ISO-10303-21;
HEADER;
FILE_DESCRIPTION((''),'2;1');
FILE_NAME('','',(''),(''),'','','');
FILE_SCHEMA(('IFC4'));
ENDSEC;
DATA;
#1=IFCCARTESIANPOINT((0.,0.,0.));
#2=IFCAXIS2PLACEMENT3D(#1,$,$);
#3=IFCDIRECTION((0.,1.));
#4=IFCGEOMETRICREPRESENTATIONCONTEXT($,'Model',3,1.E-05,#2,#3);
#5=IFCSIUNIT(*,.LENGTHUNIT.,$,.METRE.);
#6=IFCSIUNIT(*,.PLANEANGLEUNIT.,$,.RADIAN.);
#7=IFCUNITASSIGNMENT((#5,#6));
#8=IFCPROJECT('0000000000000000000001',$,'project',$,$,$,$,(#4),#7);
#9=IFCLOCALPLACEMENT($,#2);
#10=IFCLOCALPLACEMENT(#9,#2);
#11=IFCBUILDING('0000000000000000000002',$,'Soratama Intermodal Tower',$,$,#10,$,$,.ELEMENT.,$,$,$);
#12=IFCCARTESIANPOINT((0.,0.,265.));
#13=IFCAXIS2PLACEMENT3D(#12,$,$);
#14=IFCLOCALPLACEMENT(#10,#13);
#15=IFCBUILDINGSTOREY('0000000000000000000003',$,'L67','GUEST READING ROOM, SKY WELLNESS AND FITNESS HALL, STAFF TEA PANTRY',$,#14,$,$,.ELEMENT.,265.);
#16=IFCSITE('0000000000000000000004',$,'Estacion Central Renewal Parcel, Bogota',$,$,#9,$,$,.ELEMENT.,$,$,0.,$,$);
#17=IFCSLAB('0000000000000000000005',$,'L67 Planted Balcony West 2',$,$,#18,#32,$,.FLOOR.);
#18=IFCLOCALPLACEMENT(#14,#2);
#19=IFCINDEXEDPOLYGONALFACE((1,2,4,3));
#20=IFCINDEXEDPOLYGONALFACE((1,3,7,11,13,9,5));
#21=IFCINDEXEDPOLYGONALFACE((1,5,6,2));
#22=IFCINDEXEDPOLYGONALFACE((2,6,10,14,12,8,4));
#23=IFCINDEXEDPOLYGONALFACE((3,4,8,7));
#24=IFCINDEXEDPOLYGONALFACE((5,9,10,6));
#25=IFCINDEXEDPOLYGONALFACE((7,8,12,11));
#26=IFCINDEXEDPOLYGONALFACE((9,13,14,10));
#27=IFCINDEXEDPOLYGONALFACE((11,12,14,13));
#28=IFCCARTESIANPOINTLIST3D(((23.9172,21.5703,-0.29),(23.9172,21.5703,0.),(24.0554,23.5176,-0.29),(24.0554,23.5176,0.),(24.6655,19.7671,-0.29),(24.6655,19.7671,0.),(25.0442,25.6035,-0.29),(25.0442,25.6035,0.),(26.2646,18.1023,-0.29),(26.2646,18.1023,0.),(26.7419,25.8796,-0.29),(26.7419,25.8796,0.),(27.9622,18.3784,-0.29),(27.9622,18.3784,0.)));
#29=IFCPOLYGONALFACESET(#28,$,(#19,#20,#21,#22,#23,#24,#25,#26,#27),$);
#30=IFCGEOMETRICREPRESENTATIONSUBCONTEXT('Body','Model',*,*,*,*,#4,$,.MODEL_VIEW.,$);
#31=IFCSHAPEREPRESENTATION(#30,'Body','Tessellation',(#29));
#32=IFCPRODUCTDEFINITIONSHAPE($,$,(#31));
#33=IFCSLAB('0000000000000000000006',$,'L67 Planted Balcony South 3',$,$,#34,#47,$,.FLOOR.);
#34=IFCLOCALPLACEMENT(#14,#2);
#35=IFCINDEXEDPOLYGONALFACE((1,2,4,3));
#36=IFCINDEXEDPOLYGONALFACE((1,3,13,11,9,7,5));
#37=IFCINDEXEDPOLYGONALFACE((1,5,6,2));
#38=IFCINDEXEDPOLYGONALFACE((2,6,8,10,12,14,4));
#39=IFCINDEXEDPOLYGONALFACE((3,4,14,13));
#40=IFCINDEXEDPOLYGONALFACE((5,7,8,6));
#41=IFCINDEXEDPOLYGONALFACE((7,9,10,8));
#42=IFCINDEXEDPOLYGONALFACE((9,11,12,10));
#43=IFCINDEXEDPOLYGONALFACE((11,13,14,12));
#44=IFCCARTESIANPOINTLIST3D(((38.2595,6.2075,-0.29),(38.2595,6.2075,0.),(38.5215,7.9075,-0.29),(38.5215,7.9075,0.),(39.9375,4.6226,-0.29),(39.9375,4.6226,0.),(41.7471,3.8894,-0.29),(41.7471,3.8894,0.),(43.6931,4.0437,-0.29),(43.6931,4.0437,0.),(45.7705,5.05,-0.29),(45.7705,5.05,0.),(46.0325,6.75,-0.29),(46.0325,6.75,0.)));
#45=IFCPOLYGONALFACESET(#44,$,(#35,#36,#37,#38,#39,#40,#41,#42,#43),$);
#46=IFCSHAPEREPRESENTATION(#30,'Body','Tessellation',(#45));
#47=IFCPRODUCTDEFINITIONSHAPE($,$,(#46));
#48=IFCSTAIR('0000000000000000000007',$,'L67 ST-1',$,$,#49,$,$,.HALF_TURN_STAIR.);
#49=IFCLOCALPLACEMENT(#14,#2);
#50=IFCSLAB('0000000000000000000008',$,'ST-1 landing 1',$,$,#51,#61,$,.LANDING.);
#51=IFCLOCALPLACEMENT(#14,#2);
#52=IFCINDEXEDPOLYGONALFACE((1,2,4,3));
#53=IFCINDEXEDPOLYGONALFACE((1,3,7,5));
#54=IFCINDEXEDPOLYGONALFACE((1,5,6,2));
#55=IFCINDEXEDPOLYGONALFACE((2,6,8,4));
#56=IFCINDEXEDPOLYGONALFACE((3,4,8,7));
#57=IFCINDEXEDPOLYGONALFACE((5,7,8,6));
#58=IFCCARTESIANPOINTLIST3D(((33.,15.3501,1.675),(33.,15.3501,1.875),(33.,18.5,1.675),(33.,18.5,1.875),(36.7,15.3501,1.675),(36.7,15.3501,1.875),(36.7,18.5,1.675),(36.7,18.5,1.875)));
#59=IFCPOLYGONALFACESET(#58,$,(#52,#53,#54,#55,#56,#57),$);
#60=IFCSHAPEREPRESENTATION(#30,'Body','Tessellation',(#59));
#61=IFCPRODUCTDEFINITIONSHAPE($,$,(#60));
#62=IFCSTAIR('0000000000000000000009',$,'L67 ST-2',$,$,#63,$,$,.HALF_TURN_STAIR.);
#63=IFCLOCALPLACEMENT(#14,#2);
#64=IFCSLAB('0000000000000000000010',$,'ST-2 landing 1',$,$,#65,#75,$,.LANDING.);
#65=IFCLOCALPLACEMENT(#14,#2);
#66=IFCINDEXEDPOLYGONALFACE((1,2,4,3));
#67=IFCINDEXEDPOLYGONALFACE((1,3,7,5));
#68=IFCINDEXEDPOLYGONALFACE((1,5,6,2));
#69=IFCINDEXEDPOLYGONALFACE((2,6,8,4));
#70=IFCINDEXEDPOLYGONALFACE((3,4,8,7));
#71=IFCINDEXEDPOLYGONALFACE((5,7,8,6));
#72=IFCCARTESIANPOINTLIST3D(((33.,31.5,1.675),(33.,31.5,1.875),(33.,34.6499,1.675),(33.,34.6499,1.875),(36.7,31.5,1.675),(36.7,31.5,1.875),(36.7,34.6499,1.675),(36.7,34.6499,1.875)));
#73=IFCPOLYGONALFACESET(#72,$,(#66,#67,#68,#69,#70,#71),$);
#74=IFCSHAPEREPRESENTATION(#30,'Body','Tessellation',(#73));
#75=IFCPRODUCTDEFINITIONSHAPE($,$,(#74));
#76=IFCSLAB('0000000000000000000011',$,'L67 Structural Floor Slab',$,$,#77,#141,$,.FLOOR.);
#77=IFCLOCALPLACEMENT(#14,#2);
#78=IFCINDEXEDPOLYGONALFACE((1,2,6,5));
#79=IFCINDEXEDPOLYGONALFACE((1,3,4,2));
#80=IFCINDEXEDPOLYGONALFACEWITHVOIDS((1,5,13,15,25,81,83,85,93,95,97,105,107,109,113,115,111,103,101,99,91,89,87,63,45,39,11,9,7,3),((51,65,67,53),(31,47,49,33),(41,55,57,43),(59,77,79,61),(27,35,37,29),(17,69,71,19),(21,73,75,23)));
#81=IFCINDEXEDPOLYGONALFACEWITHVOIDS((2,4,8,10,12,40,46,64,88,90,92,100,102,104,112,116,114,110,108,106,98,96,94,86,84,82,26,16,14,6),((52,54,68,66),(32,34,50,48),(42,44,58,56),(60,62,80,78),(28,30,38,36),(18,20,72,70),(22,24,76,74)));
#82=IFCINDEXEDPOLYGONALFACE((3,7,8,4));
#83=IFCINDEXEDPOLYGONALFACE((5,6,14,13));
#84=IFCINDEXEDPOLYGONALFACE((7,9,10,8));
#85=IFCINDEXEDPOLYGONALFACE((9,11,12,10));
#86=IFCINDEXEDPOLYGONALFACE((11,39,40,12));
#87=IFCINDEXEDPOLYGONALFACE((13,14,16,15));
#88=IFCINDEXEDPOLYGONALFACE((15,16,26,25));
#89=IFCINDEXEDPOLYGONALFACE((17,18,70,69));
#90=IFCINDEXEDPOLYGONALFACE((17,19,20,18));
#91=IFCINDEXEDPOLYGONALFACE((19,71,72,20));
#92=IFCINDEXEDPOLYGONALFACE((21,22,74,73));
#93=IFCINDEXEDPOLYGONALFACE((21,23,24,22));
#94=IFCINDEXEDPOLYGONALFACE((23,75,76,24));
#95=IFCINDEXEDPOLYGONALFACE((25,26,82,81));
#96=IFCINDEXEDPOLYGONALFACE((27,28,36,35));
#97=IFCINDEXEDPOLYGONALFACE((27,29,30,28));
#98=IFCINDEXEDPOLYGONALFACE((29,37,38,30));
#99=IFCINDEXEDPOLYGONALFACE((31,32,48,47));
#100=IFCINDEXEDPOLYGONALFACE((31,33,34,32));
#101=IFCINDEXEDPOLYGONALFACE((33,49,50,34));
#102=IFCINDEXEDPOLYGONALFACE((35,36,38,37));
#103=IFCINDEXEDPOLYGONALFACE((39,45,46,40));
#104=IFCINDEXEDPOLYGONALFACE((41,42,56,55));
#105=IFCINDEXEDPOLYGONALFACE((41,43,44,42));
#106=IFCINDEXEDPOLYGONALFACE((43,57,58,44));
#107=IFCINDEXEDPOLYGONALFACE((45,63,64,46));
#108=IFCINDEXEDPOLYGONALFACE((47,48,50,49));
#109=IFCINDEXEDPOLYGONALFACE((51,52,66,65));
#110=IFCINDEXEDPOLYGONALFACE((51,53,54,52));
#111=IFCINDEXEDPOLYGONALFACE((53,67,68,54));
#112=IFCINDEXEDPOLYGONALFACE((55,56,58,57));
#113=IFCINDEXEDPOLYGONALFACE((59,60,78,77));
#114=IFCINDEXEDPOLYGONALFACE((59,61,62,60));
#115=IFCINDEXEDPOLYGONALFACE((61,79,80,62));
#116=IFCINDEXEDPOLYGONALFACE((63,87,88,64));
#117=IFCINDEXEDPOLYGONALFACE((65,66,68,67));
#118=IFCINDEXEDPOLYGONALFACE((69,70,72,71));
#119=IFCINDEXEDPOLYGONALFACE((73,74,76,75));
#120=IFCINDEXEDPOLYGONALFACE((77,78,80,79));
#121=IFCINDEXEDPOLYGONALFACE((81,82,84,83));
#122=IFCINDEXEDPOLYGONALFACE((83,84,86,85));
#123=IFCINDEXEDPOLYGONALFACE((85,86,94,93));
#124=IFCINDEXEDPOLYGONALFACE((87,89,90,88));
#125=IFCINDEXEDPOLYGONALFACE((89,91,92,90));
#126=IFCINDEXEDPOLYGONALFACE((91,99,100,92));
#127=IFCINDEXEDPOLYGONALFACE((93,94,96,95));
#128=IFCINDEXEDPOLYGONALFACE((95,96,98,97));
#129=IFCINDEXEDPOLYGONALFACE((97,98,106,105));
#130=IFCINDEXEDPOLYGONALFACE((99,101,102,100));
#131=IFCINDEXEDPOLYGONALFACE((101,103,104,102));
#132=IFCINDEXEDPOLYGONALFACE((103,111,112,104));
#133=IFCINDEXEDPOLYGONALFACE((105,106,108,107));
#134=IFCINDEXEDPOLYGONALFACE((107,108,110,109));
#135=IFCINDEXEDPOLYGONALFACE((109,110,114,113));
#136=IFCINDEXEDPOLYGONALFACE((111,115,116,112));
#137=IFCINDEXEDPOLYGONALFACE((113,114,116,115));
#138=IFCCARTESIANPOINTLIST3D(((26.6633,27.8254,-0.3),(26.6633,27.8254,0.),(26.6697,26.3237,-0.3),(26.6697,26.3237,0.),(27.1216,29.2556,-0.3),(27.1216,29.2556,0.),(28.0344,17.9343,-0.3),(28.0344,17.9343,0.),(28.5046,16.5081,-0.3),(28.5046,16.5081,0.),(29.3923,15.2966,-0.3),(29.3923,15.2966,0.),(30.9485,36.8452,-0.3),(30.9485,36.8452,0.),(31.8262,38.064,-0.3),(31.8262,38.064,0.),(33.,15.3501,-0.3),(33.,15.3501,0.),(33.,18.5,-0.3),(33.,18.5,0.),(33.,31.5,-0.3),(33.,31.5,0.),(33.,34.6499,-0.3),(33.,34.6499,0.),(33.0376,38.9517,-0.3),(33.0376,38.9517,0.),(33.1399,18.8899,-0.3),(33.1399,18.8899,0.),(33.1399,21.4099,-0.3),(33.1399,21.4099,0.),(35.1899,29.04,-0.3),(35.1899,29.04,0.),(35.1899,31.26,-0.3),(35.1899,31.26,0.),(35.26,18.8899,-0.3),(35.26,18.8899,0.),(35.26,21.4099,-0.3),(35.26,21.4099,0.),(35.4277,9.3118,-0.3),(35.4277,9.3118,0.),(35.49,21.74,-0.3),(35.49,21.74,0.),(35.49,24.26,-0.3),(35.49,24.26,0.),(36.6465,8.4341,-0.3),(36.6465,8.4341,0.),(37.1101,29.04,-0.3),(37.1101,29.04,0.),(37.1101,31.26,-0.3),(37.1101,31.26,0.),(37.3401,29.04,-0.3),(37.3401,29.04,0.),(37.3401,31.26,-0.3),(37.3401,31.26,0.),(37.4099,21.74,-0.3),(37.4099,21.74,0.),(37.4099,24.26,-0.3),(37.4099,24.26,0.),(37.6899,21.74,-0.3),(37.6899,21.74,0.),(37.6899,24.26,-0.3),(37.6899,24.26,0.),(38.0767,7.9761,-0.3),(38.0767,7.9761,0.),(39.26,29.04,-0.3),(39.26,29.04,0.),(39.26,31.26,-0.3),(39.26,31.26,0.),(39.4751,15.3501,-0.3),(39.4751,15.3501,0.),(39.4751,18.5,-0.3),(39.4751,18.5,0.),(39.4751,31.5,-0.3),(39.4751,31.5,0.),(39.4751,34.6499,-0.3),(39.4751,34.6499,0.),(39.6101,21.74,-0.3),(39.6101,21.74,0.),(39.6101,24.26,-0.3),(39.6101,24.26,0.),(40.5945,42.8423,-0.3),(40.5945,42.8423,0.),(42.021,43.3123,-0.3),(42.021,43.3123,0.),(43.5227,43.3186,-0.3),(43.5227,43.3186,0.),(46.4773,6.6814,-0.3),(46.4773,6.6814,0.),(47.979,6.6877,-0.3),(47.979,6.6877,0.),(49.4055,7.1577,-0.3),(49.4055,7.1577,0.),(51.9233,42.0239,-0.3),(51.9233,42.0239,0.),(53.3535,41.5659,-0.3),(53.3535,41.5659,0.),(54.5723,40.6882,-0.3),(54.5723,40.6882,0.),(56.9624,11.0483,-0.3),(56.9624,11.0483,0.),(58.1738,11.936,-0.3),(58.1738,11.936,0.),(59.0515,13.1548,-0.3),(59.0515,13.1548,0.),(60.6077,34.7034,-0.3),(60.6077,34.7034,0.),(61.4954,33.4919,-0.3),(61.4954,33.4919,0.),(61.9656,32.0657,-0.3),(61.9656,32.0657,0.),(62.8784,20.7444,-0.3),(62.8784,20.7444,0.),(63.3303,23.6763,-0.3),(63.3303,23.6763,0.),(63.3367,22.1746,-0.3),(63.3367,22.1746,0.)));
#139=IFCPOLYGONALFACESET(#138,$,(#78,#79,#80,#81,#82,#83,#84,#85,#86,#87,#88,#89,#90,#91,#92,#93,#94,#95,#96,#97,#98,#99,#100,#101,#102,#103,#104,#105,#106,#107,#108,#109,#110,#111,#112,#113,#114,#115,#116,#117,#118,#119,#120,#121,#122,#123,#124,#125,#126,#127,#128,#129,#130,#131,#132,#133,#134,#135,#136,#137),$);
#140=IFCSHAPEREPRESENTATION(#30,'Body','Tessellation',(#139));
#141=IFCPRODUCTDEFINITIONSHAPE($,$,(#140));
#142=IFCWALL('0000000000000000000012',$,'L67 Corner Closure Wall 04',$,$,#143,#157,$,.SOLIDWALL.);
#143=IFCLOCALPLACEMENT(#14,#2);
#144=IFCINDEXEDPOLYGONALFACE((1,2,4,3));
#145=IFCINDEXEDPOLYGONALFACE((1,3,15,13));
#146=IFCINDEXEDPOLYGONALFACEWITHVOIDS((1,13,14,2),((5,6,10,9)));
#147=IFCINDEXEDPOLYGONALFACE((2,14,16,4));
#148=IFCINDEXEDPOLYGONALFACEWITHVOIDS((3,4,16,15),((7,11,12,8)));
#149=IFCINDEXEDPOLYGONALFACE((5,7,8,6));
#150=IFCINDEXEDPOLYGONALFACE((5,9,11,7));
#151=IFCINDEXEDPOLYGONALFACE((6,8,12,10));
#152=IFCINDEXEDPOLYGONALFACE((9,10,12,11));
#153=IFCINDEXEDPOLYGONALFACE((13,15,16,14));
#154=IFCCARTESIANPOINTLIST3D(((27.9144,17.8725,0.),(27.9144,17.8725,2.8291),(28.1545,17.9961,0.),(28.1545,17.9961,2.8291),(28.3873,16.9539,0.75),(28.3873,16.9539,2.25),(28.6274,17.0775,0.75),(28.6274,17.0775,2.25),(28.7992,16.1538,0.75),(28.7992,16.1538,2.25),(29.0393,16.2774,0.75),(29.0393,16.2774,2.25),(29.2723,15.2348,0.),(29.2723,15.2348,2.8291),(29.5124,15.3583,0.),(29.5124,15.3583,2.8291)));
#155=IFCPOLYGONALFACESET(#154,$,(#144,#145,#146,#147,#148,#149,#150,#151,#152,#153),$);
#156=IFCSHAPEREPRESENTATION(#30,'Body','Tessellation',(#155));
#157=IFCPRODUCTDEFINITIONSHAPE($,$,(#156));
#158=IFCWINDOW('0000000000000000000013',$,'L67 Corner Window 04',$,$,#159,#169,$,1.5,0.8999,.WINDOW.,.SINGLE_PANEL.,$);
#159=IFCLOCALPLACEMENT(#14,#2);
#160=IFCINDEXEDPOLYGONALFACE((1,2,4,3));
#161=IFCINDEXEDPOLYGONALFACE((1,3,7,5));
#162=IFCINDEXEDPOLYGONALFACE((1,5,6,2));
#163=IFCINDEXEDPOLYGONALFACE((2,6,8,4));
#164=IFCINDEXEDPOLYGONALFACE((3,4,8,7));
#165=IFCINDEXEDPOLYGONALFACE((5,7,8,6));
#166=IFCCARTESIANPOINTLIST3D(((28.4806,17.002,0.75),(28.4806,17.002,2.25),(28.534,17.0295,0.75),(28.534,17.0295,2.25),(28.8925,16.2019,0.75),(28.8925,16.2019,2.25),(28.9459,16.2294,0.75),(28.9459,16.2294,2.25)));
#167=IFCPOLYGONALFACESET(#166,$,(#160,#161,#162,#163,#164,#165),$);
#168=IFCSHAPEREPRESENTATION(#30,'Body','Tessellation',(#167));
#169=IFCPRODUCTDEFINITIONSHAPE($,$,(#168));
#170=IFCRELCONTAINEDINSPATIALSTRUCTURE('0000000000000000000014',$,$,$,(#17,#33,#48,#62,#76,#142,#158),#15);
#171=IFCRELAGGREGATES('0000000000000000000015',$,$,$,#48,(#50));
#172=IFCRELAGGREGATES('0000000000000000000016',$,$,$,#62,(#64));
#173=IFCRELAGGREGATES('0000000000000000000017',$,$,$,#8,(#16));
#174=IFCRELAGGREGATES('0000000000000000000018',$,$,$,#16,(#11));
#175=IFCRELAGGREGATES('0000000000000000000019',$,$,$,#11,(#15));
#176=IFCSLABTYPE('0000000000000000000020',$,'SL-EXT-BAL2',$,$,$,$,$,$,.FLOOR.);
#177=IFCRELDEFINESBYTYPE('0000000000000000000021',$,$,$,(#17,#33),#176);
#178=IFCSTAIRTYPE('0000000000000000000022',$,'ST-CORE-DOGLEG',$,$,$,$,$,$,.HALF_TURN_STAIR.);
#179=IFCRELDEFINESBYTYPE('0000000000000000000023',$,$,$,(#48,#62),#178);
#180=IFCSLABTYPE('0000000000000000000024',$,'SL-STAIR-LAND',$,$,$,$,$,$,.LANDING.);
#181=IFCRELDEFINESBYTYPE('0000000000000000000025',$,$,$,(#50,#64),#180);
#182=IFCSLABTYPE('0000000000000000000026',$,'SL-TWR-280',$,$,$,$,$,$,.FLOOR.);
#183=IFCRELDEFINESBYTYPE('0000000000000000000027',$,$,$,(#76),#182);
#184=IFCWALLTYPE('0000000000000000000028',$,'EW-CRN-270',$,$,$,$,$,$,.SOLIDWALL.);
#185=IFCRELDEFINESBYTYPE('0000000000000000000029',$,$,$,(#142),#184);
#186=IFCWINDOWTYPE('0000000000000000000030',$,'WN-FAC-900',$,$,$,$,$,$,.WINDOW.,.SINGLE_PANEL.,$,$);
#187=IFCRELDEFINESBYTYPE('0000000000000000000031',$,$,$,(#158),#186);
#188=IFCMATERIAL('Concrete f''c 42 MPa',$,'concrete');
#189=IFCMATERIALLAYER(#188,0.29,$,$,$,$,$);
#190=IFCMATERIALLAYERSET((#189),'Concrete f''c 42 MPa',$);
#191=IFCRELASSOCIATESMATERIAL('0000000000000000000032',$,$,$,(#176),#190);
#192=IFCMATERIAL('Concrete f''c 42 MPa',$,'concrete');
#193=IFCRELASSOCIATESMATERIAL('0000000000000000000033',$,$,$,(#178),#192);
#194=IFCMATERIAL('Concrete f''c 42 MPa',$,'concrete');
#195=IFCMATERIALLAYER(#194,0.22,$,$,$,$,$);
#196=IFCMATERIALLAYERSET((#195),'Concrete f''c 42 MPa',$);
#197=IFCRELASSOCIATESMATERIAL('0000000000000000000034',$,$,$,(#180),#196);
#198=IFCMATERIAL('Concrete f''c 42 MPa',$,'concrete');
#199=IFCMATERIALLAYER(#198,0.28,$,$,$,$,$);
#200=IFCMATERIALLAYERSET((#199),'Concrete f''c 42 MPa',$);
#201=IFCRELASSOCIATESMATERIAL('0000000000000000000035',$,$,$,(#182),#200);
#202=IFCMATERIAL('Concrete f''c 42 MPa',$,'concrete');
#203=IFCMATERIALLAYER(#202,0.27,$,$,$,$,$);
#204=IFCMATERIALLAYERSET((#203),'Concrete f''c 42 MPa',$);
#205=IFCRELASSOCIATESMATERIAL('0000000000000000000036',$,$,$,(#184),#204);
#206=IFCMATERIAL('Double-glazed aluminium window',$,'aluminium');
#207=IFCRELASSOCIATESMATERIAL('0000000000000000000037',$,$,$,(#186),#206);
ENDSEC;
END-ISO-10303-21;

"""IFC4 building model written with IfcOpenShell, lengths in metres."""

from ifc_helpers import new_model, si_unit, direction, frame, frame_2d, origin, place, context, subcontext, project, spatial, polyline, rectangle, outline, extrude, material, layer, layer_set, type_object, element, fill, aggregate, save


model = new_model("IFC4")

# Units and contexts
model_context = context("Model", 3, precision=1e-05, world=origin(), true_north=direction((0.0, 1.0)))
body_context = subcontext(model_context, "Body", "Model", "MODEL_VIEW")
ifc_project = project(units=[si_unit("LENGTHUNIT", "METRE"), si_unit("PLANEANGLEUNIT", "RADIAN")], contexts=[model_context])

# Site, building, storey
site_placement = place(None, origin())
site = spatial("IfcSite", under=ifc_project, at=site_placement, Name="Estacion Central Renewal Parcel, Bogota", CompositionType="ELEMENT", RefElevation=0.0)
building_placement = place(site_placement, origin())
building = spatial("IfcBuilding", under=site, at=building_placement, Name="Soratama Intermodal Tower", CompositionType="ELEMENT")
storey_placement = place(building_placement, frame((0.0, 0.0, 265.0)))
storey = spatial("IfcBuildingStorey", under=building, at=storey_placement, Name="L67", Description="GUEST READING ROOM, SKY WELLNESS AND FITNESS HALL, STAFF TEA PANTRY", CompositionType="ELEMENT", Elevation=265.0)

# Slabs
ifc_material_1 = material(Name="Concrete f'c 42 MPa", Category="concrete")
ifc_layer_1 = layer(ifc_material_1, 0.29)
ifc_layer_set_1 = layer_set([ifc_layer_1], Name="Concrete f'c 42 MPa")
slab_type_1 = type_object("IfcSlabType", Name="SL-EXT-BAL2", PredefinedType="FLOOR", material=ifc_layer_set_1)
slab_1_placement = place(storey_placement, frame((0.0, 0.0, -0.29)))
element("IfcSlab", 1, at=slab_1_placement, inside=storey, type_object=slab_type_1, Name="L67 Planted Balcony West 2", PredefinedType="FLOOR", context=body_context, shape_type="SweptSolid", body=[
    extrude(outline(polyline([(26.7419, 25.8796), (27.9622, 18.3784), (26.2646, 18.1023), (24.6655, 19.7671), (23.9172, 21.5703), (24.0554, 23.5176), (25.0442, 25.6035), (26.7419, 25.8796)])), origin(), (0.0, 0.0, 1.0), 0.29),
])
slab_2_placement = place(storey_placement, frame((0.0, 0.0, -0.29)))
element("IfcSlab", 2, at=slab_2_placement, inside=storey, type_object=slab_type_1, Name="L67 Planted Balcony South 3", PredefinedType="FLOOR", context=body_context, shape_type="SweptSolid", body=[
    extrude(outline(polyline([(38.5215, 7.9075), (46.0325, 6.75), (45.7705, 5.05), (43.6931, 4.0437), (41.7471, 3.8894), (39.9375, 4.6226), (38.2595, 6.2075), (38.5215, 7.9075)])), origin(), (0.0, 0.0, 1.0), 0.29),
])

# Stairs, slabs
ifc_material_2 = material(Name="Concrete f'c 42 MPa", Category="concrete")
stair_type = type_object("IfcStairType", Name="ST-CORE-DOGLEG", PredefinedType="HALF_TURN_STAIR", material=ifc_material_2)
stair_1_placement = place(storey_placement, origin())
stair_1 = element("IfcStair", 3, at=stair_1_placement, inside=storey, type_object=stair_type, Name="L67 ST-1", PredefinedType="HALF_TURN_STAIR")
ifc_material_3 = material(Name="Concrete f'c 42 MPa", Category="concrete")
ifc_layer_2 = layer(ifc_material_3, 0.22)
ifc_layer_set_2 = layer_set([ifc_layer_2], Name="Concrete f'c 42 MPa")
slab_type_2 = type_object("IfcSlabType", Name="SL-STAIR-LAND", PredefinedType="LANDING", material=ifc_layer_set_2)
slab_3_placement = place(storey_placement, frame((0.0, 0.0, 1.675)))
slab_3 = element("IfcSlab", 4, at=slab_3_placement, type_object=slab_type_2, Name="ST-1 landing 1", PredefinedType="LANDING", context=body_context, shape_type="SweptSolid", body=[
    extrude(outline(polyline([(36.7, 18.5), (33.0, 18.5), (33.0, 15.3501), (36.7, 15.3501), (36.7, 18.5)])), origin(), (0.0, 0.0, 1.0), 0.2),
])
aggregate(stair_1, [slab_3])
stair_2_placement = place(storey_placement, origin())
stair_2 = element("IfcStair", 5, at=stair_2_placement, inside=storey, type_object=stair_type, Name="L67 ST-2", PredefinedType="HALF_TURN_STAIR")
slab_4_placement = place(storey_placement, frame((0.0, 0.0, 1.675)))
slab_4 = element("IfcSlab", 6, at=slab_4_placement, type_object=slab_type_2, Name="ST-2 landing 1", PredefinedType="LANDING", context=body_context, shape_type="SweptSolid", body=[
    extrude(outline(polyline([(36.7, 34.6499), (33.0, 34.6499), (33.0, 31.5), (36.7, 31.5), (36.7, 34.6499)])), origin(), (0.0, 0.0, 1.0), 0.2),
])
aggregate(stair_2, [slab_4])

# Slab
ifc_material_4 = material(Name="Concrete f'c 42 MPa", Category="concrete")
ifc_layer_3 = layer(ifc_material_4, 0.28)
ifc_layer_set_3 = layer_set([ifc_layer_3], Name="Concrete f'c 42 MPa")
slab_type_3 = type_object("IfcSlabType", Name="SL-TWR-280", PredefinedType="FLOOR", material=ifc_layer_set_3)
slab_5_placement = place(storey_placement, frame((0.0, 0.0, -0.3)))
element("IfcSlab", 7, at=slab_5_placement, inside=storey, type_object=slab_type_3, Name="L67 Structural Floor Slab", PredefinedType="FLOOR", context=body_context, shape_type="SweptSolid", body=[
    extrude(outline(polyline([(54.5723, 40.6882), (53.3535, 41.5659), (51.9233, 42.0239), (43.5227, 43.3186), (42.021, 43.3123), (40.5945, 42.8423), (33.0376, 38.9517), (31.8262, 38.064), (30.9485, 36.8452), (27.1216, 29.2556), (26.6633, 27.8254), (26.6697, 26.3237), (28.0344, 17.9343), (28.5046, 16.5081), (29.3923, 15.2966), (35.4277, 9.3118), (36.6465, 8.4341), (38.0767, 7.9761), (46.4773, 6.6814), (47.979, 6.6877), (49.4055, 7.1577), (56.9624, 11.0483), (58.1738, 11.936), (59.0515, 13.1548), (62.8784, 20.7444), (63.3367, 22.1746), (63.3303, 23.6763), (61.9656, 32.0657), (61.4954, 33.4919), (60.6077, 34.7034), (54.5723, 40.6882)]), holes=[polyline([(33.0, 15.3501), (39.4751, 15.3501), (39.4751, 18.5), (33.0, 18.5), (33.0, 15.3501)]), polyline([(35.26, 21.4099), (33.1399, 21.4099), (33.1399, 18.8899), (35.26, 18.8899), (35.26, 21.4099)]), polyline([(37.4099, 24.26), (35.49, 24.26), (35.49, 21.74), (37.4099, 21.74), (37.4099, 24.26)]), polyline([(39.6101, 24.26), (37.6899, 24.26), (37.6899, 21.74), (39.6101, 21.74), (39.6101, 24.26)]), polyline([(37.1101, 31.26), (35.1899, 31.26), (35.1899, 29.04), (37.1101, 29.04), (37.1101, 31.26)]), polyline([(39.26, 31.26), (37.3401, 31.26), (37.3401, 29.04), (39.26, 29.04), (39.26, 31.26)]), polyline([(33.0, 34.6499), (33.0, 31.5), (39.4751, 31.5), (39.4751, 34.6499), (33.0, 34.6499)])]), origin(), (0.0, 0.0, 1.0), 0.3),
])

# Wall, opening, window
ifc_material_5 = material(Name="Concrete f'c 42 MPa", Category="concrete")
ifc_layer_4 = layer(ifc_material_5, 0.27)
ifc_layer_set_4 = layer_set([ifc_layer_4], Name="Concrete f'c 42 MPa")
wall_type = type_object("IfcWallType", Name="EW-CRN-270", PredefinedType="SOLIDWALL", material=ifc_layer_set_4)
wall_placement = place(storey_placement, frame((28.0344, 17.9343, 0.0), z_axis=(0.0, 0.0, 1.0), x_axis=(0.457716, -0.889098, 0.0)))
wall = element("IfcWall", 8, at=wall_placement, inside=storey, type_object=wall_type, Name="L67 Corner Closure Wall 04", PredefinedType="SOLIDWALL", context=body_context, shape_type="SweptSolid", body=[
    extrude(rectangle(XDim=2.9668, YDim=0.27, at=frame_2d((1.4834, 0.0))), origin(), (0.0, 0.0, 1.0), 2.8291),
])
opening_placement = place(wall_placement, frame((1.0332, 0.0, 0.75)))
opening = element("IfcOpeningElement", 9, at=opening_placement, cuts=wall, PredefinedType="OPENING", context=body_context, shape_type="SweptSolid", body=[
    extrude(rectangle(XDim=0.8999, YDim=1.5, at=frame_2d((0.45, 0.75))), frame((0.0, 0.145, 0.0), z_axis=(0.0, -1.0, 0.0), x_axis=(1.0, 0.0, 0.0)), (0.0, 0.0, 1.0), 0.29),
])
ifc_material_6 = material(Name="Double-glazed aluminium window", Category="aluminium")
window_type = type_object("IfcWindowType", Name="WN-FAC-900", PartitioningType="SINGLE_PANEL", PredefinedType="WINDOW", material=ifc_material_6)
window_placement = place(opening_placement, origin())
window = element("IfcWindow", 10, at=window_placement, inside=storey, type_object=window_type, Name="L67 Corner Window 04", OverallHeight=1.5, OverallWidth=0.8999, PartitioningType="SINGLE_PANEL", PredefinedType="WINDOW", context=body_context, shape_type="SweptSolid", body=[
    extrude(rectangle(XDim=0.8999, YDim=1.5, at=frame_2d((0.45, 0.75))), frame((0.0, 0.03, 0.0), z_axis=(0.0, -1.0, 0.0), x_axis=(1.0, 0.0, 0.0)), (0.0, 0.0, 1.0), 0.0601),
])
fill(opening, window)

save(model, "model.ifc")
